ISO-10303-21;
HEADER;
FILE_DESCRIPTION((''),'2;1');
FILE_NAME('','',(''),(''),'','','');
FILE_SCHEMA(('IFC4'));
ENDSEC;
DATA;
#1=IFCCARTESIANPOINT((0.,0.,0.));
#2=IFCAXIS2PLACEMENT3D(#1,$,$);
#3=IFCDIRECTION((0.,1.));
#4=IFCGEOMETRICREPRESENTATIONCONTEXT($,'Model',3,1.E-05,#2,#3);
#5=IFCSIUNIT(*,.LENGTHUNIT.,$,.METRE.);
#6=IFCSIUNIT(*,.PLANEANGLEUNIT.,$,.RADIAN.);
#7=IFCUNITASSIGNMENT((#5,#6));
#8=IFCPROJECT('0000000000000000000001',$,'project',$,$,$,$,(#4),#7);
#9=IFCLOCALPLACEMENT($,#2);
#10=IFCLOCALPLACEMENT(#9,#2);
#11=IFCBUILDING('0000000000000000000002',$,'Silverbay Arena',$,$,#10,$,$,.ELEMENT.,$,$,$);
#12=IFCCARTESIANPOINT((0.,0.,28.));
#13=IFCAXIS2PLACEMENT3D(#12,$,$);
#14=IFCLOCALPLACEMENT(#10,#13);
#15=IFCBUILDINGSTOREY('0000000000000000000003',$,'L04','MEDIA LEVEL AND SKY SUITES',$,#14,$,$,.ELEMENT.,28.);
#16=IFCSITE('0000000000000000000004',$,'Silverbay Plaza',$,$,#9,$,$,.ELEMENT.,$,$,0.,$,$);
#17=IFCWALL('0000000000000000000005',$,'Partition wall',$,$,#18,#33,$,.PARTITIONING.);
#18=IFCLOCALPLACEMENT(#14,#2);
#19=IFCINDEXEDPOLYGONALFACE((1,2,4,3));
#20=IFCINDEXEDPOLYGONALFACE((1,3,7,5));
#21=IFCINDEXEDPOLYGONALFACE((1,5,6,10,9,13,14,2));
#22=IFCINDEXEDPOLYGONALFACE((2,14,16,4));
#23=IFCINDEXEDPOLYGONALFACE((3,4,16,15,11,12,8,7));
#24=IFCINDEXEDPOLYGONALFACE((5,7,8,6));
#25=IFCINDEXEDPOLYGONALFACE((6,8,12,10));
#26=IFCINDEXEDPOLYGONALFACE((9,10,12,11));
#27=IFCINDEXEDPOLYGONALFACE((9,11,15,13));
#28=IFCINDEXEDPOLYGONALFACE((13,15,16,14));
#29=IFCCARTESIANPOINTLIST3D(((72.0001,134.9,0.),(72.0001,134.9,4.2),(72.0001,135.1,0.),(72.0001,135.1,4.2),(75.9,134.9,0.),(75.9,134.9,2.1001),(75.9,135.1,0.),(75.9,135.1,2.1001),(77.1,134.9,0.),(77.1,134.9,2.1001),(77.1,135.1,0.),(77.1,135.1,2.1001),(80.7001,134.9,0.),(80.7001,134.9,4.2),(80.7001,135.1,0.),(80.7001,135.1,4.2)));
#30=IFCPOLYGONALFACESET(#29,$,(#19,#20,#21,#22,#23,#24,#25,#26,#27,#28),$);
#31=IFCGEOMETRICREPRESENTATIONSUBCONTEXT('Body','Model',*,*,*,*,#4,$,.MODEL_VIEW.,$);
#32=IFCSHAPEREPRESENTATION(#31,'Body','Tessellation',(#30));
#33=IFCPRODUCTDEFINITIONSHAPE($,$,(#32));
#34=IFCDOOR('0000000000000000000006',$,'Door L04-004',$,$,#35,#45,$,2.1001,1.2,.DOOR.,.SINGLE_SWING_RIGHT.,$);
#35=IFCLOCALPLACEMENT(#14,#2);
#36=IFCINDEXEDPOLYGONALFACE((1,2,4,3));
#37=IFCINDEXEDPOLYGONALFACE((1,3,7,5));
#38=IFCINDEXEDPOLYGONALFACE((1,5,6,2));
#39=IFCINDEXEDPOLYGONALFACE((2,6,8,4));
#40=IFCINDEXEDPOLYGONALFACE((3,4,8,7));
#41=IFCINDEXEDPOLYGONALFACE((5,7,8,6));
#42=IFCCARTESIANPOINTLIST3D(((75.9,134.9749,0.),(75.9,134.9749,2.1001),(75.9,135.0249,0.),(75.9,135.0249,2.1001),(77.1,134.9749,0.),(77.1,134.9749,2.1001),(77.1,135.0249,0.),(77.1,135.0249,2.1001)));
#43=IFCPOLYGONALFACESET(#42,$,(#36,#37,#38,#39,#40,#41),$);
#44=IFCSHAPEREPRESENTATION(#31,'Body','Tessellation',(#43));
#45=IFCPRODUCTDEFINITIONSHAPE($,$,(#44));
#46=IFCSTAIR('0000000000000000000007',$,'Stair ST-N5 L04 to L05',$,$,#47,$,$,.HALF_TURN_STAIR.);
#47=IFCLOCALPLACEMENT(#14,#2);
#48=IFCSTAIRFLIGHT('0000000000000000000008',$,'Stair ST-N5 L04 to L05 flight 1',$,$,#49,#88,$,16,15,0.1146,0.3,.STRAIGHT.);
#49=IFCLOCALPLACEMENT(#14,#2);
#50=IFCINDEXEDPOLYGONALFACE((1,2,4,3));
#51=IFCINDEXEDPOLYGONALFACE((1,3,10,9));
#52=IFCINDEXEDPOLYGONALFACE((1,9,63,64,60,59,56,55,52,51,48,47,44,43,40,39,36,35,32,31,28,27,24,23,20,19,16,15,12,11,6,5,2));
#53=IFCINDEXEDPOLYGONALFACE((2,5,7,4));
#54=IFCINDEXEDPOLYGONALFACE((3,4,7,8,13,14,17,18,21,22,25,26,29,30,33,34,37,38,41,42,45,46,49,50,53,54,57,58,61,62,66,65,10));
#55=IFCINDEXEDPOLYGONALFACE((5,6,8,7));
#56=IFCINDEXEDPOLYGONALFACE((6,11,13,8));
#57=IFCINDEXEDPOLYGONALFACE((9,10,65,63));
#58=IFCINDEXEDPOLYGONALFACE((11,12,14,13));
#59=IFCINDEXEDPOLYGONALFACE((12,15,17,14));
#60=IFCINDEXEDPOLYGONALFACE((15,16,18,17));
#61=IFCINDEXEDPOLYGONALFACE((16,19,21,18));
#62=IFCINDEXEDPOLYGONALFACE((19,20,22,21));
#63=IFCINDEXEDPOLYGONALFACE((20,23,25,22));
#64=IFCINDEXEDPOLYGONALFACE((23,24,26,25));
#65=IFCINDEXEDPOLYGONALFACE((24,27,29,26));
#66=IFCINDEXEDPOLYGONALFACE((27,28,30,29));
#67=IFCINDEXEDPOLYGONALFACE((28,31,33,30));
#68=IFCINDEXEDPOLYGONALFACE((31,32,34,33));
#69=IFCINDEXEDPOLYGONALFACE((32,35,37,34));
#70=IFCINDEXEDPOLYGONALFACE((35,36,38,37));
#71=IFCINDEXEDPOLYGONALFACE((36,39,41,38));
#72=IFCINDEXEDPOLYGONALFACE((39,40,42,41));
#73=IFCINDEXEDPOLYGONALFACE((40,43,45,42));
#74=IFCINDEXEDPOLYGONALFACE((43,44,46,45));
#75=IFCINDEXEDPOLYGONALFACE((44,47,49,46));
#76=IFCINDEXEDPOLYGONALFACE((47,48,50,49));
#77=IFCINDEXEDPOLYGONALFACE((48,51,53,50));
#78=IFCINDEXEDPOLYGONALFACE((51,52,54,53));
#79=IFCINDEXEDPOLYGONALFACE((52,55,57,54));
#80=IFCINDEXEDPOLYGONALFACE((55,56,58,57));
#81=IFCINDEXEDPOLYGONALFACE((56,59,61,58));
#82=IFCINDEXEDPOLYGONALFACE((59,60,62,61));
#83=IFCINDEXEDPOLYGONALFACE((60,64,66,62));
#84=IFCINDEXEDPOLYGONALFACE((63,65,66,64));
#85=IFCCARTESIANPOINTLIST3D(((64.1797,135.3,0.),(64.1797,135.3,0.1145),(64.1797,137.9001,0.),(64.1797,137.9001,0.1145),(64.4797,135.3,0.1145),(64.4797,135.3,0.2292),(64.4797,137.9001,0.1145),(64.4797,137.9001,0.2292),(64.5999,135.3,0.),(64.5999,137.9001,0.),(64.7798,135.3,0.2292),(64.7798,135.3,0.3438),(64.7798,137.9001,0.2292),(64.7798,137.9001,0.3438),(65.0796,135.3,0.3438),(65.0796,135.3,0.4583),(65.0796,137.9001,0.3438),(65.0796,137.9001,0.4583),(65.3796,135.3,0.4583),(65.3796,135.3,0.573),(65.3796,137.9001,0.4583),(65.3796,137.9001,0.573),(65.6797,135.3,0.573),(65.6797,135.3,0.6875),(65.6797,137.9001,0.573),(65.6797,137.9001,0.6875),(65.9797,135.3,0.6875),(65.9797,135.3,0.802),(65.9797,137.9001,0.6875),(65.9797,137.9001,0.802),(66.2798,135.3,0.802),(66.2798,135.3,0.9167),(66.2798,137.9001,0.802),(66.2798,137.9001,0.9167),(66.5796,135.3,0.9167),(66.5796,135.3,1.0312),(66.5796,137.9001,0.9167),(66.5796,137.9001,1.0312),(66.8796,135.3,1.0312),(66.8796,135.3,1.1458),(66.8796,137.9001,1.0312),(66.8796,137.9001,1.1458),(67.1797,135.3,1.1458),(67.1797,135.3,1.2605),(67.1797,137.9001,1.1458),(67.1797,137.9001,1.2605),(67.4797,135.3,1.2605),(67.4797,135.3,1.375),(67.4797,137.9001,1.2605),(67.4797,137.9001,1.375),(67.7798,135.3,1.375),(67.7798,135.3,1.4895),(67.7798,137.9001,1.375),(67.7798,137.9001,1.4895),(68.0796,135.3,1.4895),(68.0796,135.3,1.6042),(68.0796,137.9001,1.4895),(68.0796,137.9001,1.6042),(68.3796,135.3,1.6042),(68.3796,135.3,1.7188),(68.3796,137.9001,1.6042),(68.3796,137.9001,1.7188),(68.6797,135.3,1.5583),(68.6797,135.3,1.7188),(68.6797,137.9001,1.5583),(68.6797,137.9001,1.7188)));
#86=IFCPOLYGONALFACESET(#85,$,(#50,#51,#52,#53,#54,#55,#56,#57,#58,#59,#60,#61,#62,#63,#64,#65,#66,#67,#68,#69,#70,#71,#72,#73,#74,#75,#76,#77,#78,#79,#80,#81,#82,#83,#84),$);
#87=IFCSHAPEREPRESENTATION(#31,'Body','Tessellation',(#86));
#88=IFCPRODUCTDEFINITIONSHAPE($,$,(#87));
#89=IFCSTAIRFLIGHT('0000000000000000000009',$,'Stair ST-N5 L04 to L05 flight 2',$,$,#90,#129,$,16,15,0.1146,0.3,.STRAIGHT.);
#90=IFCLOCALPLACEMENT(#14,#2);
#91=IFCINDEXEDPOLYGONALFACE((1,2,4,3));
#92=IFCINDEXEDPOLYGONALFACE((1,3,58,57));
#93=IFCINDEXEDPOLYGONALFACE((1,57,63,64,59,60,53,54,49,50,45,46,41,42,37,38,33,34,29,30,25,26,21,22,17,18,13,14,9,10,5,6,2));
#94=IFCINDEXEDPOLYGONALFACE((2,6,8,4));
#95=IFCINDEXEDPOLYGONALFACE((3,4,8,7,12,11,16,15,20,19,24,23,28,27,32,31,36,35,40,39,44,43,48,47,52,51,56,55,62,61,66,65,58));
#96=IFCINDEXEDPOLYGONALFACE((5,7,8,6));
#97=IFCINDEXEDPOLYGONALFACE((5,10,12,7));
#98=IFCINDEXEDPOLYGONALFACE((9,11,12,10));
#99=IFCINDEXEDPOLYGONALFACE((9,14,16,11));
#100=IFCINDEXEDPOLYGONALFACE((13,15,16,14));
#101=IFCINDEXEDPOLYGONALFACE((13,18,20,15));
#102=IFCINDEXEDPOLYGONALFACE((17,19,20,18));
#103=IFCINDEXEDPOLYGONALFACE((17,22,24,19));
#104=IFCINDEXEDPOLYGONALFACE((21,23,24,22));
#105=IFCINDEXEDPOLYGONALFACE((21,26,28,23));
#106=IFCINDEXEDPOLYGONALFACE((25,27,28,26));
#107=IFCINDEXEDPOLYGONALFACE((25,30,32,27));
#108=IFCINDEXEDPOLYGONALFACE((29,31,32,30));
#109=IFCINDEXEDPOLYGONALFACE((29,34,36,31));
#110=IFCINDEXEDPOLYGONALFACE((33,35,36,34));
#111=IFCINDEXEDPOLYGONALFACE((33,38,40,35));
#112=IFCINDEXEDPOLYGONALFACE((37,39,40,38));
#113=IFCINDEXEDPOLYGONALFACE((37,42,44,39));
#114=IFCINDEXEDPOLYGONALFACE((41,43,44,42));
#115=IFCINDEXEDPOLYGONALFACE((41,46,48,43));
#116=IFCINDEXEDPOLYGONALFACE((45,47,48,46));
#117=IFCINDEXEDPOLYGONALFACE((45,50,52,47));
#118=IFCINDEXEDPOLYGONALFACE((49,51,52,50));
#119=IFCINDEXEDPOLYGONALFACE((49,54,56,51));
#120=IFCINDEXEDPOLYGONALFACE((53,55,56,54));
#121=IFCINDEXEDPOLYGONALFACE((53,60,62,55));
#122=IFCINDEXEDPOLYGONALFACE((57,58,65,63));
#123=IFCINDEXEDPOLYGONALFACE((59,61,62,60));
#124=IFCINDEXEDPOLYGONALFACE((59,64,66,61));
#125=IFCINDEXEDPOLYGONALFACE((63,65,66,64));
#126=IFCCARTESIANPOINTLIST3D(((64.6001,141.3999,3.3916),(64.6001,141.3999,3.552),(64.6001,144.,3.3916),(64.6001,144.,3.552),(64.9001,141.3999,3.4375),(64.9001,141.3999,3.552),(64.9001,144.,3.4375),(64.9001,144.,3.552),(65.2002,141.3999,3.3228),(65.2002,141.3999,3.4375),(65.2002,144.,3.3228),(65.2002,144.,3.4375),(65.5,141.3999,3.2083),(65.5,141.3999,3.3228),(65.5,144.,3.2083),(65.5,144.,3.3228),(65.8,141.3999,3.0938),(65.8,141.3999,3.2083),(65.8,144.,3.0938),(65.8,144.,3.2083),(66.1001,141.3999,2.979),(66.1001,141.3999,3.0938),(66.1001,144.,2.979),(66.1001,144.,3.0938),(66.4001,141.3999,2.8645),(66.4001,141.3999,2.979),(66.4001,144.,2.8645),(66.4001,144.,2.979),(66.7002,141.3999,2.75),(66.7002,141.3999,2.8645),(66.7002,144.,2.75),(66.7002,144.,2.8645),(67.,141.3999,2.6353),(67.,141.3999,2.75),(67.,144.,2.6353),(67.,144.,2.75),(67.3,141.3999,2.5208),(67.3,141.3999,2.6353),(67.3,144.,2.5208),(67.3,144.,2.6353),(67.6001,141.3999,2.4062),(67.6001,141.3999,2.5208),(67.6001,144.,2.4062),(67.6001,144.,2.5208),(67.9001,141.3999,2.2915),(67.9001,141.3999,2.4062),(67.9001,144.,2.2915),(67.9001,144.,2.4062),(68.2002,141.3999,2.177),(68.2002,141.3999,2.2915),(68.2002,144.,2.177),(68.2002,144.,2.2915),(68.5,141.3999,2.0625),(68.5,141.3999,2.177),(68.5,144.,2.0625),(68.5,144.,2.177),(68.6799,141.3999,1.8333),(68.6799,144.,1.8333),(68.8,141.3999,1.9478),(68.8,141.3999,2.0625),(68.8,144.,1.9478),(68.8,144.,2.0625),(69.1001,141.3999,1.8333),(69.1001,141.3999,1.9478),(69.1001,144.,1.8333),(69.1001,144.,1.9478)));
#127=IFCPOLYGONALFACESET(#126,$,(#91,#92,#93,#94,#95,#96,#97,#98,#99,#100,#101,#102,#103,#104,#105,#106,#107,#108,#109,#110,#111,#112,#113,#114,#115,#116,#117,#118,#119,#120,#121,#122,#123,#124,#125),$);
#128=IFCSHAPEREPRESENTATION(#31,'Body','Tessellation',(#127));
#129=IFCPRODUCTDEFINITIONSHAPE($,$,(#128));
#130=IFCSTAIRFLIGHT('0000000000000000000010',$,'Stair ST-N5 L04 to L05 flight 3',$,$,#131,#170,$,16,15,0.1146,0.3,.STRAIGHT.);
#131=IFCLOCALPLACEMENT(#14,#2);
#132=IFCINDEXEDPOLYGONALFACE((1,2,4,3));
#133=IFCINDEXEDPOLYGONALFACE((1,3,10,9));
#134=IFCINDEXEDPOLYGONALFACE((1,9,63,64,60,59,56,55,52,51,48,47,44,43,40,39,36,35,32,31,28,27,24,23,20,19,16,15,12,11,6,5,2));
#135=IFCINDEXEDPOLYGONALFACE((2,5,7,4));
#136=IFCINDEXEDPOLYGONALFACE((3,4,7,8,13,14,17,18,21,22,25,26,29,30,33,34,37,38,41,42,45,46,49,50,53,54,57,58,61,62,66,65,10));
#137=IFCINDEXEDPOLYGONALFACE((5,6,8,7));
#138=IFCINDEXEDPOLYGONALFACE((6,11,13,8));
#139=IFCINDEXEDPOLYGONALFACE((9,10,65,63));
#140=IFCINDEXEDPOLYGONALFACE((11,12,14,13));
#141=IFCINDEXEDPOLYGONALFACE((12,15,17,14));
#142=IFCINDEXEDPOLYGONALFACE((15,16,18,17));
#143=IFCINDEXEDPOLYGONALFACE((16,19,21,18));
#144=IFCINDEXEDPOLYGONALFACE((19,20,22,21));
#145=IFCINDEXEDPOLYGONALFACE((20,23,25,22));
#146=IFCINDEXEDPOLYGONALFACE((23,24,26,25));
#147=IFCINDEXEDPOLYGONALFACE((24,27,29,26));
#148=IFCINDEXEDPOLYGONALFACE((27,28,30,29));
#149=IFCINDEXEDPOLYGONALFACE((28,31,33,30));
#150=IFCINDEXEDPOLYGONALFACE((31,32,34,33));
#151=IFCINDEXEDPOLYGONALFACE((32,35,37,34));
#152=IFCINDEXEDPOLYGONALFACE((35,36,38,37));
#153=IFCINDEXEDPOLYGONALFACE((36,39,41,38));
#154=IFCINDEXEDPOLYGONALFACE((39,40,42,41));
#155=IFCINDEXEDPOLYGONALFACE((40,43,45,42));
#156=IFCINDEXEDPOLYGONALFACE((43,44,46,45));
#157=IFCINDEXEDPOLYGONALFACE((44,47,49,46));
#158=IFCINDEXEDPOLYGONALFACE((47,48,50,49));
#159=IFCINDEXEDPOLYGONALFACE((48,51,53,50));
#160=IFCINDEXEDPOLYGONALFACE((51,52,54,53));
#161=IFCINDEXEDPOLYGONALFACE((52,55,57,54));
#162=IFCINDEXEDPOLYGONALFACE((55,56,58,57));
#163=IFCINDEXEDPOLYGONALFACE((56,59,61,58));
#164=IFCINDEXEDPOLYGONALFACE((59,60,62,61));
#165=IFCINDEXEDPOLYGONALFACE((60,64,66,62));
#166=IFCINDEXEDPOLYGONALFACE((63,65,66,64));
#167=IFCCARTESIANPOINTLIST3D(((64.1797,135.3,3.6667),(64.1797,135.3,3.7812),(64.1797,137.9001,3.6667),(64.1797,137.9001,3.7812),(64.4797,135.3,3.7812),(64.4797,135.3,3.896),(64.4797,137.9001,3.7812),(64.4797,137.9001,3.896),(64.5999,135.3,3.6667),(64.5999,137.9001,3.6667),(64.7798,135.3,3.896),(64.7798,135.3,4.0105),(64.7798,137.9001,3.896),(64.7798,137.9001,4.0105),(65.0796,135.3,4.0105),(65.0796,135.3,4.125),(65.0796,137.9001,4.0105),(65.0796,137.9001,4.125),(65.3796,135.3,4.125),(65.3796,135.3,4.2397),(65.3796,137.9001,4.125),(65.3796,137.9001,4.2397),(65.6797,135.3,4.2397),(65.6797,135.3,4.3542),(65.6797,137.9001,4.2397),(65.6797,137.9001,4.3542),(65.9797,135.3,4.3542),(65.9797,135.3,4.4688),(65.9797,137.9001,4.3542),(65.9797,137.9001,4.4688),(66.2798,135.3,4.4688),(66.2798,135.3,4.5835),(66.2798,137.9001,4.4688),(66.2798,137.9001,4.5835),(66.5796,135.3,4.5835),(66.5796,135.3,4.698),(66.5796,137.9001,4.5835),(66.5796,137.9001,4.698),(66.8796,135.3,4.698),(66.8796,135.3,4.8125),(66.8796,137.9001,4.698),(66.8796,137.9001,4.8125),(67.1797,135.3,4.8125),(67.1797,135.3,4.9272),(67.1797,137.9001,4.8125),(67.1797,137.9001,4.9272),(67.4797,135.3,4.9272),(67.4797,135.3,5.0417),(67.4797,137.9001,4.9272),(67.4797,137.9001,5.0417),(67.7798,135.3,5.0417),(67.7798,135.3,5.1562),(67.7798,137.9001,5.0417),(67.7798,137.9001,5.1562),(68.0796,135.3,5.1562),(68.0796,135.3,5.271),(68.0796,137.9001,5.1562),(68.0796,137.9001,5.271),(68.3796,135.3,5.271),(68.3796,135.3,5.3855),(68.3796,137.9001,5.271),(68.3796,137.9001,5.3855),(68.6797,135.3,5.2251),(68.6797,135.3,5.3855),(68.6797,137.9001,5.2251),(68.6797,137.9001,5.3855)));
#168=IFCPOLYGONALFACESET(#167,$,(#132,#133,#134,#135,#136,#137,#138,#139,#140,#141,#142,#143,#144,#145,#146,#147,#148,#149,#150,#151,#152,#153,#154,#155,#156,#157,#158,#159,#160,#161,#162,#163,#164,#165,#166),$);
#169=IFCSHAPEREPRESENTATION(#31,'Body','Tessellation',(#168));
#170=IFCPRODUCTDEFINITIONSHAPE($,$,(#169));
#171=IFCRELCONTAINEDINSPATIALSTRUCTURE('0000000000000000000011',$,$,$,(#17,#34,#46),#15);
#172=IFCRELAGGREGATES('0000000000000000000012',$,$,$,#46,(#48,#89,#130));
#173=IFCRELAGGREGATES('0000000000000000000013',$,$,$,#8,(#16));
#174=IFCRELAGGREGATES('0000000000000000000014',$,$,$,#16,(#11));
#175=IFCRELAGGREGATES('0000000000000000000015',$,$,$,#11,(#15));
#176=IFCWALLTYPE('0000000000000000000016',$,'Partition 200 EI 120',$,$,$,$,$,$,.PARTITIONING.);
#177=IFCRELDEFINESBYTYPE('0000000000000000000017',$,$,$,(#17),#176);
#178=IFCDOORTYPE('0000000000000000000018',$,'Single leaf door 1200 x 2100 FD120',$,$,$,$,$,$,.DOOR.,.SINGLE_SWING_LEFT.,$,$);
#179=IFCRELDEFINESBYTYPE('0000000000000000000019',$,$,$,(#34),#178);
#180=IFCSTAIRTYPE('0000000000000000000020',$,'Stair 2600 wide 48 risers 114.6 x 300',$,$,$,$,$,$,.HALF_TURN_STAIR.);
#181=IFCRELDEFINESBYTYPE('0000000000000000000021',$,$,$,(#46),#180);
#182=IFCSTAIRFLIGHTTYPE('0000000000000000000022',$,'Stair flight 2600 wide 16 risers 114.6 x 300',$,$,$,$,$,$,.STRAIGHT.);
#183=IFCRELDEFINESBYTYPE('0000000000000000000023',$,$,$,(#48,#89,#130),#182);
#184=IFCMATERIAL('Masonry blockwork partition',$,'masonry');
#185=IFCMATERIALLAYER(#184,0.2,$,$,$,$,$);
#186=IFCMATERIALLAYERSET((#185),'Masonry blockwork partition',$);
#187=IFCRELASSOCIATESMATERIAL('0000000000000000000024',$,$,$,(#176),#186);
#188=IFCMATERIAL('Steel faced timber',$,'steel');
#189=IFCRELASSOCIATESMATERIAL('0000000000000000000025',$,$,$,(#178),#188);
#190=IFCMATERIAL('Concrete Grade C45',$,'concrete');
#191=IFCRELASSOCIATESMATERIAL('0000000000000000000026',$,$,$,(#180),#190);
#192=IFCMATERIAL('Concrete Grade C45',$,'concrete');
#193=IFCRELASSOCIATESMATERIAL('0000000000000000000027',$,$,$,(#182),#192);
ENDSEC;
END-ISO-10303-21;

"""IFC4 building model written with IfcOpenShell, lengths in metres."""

from ifc_helpers import new_model, si_unit, direction, frame, frame_2d, origin, place, context, subcontext, project, spatial, polyline, rectangle, outline, extrude, material, layer, layer_set, type_object, element, fill, aggregate, save


model = new_model("IFC4")

# Units and contexts
model_context = context("Model", 3, precision=1e-05, world=origin(), true_north=direction((0.0, 1.0)))
body_context = subcontext(model_context, "Body", "Model", "MODEL_VIEW")
ifc_project = project(units=[si_unit("LENGTHUNIT", "METRE"), si_unit("PLANEANGLEUNIT", "RADIAN")], contexts=[model_context])

# Site, building, storey
site_placement = place(None, origin())
site = spatial("IfcSite", under=ifc_project, at=site_placement, Name="Silverbay Plaza", CompositionType="ELEMENT", RefElevation=0.0)
building_placement = place(site_placement, origin())
building = spatial("IfcBuilding", under=site, at=building_placement, Name="Silverbay Arena", CompositionType="ELEMENT")
storey_placement = place(building_placement, frame((0.0, 0.0, 28.0)))
storey = spatial("IfcBuildingStorey", under=building, at=storey_placement, Name="L04", Description="MEDIA LEVEL AND SKY SUITES", CompositionType="ELEMENT", Elevation=28.0)

# Wall, opening, door
ifc_material_1 = material(Name="Masonry blockwork partition", Category="masonry")
ifc_layer_1 = layer(ifc_material_1, 0.2)
ifc_layer_set_1 = layer_set([ifc_layer_1], Name="Masonry blockwork partition")
wall_type_1 = type_object("IfcWallType", Name="Partition 200 EI 120", PredefinedType="PARTITIONING", material=ifc_layer_set_1)
wall_1_placement = place(storey_placement, frame((72.0, 135.0, 0.0), z_axis=(0.0, 0.0, 1.0), x_axis=(1.0, 0.0, 0.0)))
wall_1 = element("IfcWall", 1, at=wall_1_placement, inside=storey, type_object=wall_type_1, Name="Partition wall", PredefinedType="PARTITIONING", context=body_context, shape_type="SweptSolid", body=[
    extrude(rectangle(XDim=8.7, YDim=0.2, at=frame_2d((4.3501, 0.0))), origin(), (0.0, 0.0, 1.0), 4.2),
])
opening_1_placement = place(wall_1_placement, frame((3.8999, 0.0, 0.0)))
opening_1 = element("IfcOpeningElement", 2, at=opening_1_placement, cuts=wall_1, PredefinedType="OPENING", context=body_context, shape_type="SweptSolid", body=[
    extrude(rectangle(XDim=1.2, YDim=2.1001, at=frame_2d((0.6001, 1.05))), frame((0.0, 0.1099, 0.0), z_axis=(0.0, -1.0, 0.0), x_axis=(1.0, 0.0, 0.0)), (0.0, 0.0, 1.0), 0.22),
])
ifc_material_2 = material(Name="Steel faced timber", Category="steel")
door_type_1 = type_object("IfcDoorType", Name="Single leaf door 1200 x 2100 FD120", OperationType="SINGLE_SWING_LEFT", PredefinedType="DOOR", material=ifc_material_2)
door_1_placement = place(opening_1_placement, origin())
door_1 = element("IfcDoor", 3, at=door_1_placement, inside=storey, type_object=door_type_1, Name="Door L04-004", OperationType="SINGLE_SWING_RIGHT", OverallHeight=2.1001, OverallWidth=1.2, PredefinedType="DOOR", context=body_context, shape_type="SweptSolid", body=[
    extrude(rectangle(XDim=1.2, YDim=2.1001, at=frame_2d((0.6001, 1.05))), frame((0.0, 0.0249, 0.0), z_axis=(0.0, -1.0, 0.0), x_axis=(1.0, 0.0, 0.0)), (0.0, 0.0, 1.0), 0.05),
])
fill(opening_1, door_1)

# Stair, stair flights
ifc_material_3 = material(Name="Concrete Grade C45", Category="concrete")
stair_type = type_object("IfcStairType", Name="Stair 2600 wide 48 risers 114.6 x 300", PredefinedType="HALF_TURN_STAIR", material=ifc_material_3)
stair_placement = place(storey_placement, origin())
stair = element("IfcStair", 4, at=stair_placement, inside=storey, type_object=stair_type, Name="Stair ST-N5 L04 to L05", PredefinedType="HALF_TURN_STAIR")
ifc_material_4 = material(Name="Concrete Grade C45", Category="concrete")
stair_flight_type = type_object("IfcStairFlightType", Name="Stair flight 2600 wide 16 risers 114.6 x 300", PredefinedType="STRAIGHT", material=ifc_material_4)
stair_flight_1_placement = place(storey_placement, frame((64.1797, 136.6001, 0.0), z_axis=(0.0, 0.0, 1.0), x_axis=(1.0, 0.0, 0.0)))
stair_flight_1 = element("IfcStairFlight", 5, at=stair_flight_1_placement, type_object=stair_flight_type, Name="Stair ST-N5 L04 to L05 flight 1", NumberOfRisers=16, NumberOfTreads=15, PredefinedType="STRAIGHT", RiserHeight=0.1146, TreadLength=0.3, context=body_context, shape_type="SweptSolid", body=[
    extrude(outline(polyline([(0.0, 0.0), (0.0, 0.1145), (0.3, 0.1145), (0.3, 0.2292), (0.6001, 0.2292), (0.6001, 0.3438), (0.8999, 0.3438), (0.8999, 0.4583), (1.2, 0.4583), (1.2, 0.573), (1.5, 0.573), (1.5, 0.6875), (1.8, 0.6875), (1.8, 0.802), (2.1001, 0.802), (2.1001, 0.9167), (2.3999, 0.9167), (2.3999, 1.0312), (2.7, 1.0312), (2.7, 1.1458), (3.0, 1.1458), (3.0, 1.2605), (3.3, 1.2605), (3.3, 1.375), (3.6001, 1.375), (3.6001, 1.4895), (3.8999, 1.4895), (3.8999, 1.6042), (4.2, 1.6042), (4.2, 1.7188), (4.5, 1.7188), (4.5, 1.5583), (0.4202, 0.0), (0.0, 0.0)])), frame((0.0, 1.3, 0.0), z_axis=(0.0, -1.0, 0.0), x_axis=(1.0, 0.0, 0.0)), (0.0, 0.0, 1.0), 2.6001),
])
stair_flight_2_placement = place(storey_placement, frame((69.1001, 142.7, 1.8333), z_axis=(0.0, 0.0, 1.0), x_axis=(-1.0, 0.0, 0.0)))
stair_flight_2 = element("IfcStairFlight", 6, at=stair_flight_2_placement, type_object=stair_flight_type, Name="Stair ST-N5 L04 to L05 flight 2", NumberOfRisers=16, NumberOfTreads=15, PredefinedType="STRAIGHT", RiserHeight=0.1146, TreadLength=0.3, context=body_context, shape_type="SweptSolid", body=[
    extrude(outline(polyline([(0.0, 0.0), (0.0, 0.1145), (0.3, 0.1145), (0.3, 0.2292), (0.6001, 0.2292), (0.6001, 0.3438), (0.8999, 0.3438), (0.8999, 0.4583), (1.2, 0.4583), (1.2, 0.573), (1.5, 0.573), (1.5, 0.6875), (1.8, 0.6875), (1.8, 0.802), (2.1001, 0.802), (2.1001, 0.9167), (2.3999, 0.9167), (2.3999, 1.0312), (2.7, 1.0312), (2.7, 1.1458), (3.0, 1.1458), (3.0, 1.2605), (3.3, 1.2605), (3.3, 1.375), (3.6001, 1.375), (3.6001, 1.4895), (3.8999, 1.4895), (3.8999, 1.6042), (4.2, 1.6042), (4.2, 1.7188), (4.5, 1.7188), (4.5, 1.5583), (0.4202, 0.0), (0.0, 0.0)])), frame((0.0, 1.3, 0.0), z_axis=(0.0, -1.0, 0.0), x_axis=(1.0, 0.0, 0.0)), (0.0, 0.0, 1.0), 2.6001),
])
stair_flight_3_placement = place(storey_placement, frame((64.1797, 136.6001, 3.6667), z_axis=(0.0, 0.0, 1.0), x_axis=(1.0, 0.0, 0.0)))
stair_flight_3 = element("IfcStairFlight", 7, at=stair_flight_3_placement, type_object=stair_flight_type, Name="Stair ST-N5 L04 to L05 flight 3", NumberOfRisers=16, NumberOfTreads=15, PredefinedType="STRAIGHT", RiserHeight=0.1146, TreadLength=0.3, context=body_context, shape_type="SweptSolid", body=[
    extrude(outline(polyline([(0.0, 0.0), (0.0, 0.1145), (0.3, 0.1145), (0.3, 0.2292), (0.6001, 0.2292), (0.6001, 0.3438), (0.8999, 0.3438), (0.8999, 0.4583), (1.2, 0.4583), (1.2, 0.573), (1.5, 0.573), (1.5, 0.6875), (1.8, 0.6875), (1.8, 0.802), (2.1001, 0.802), (2.1001, 0.9167), (2.3999, 0.9167), (2.3999, 1.0312), (2.7, 1.0312), (2.7, 1.1458), (3.0, 1.1458), (3.0, 1.2605), (3.3, 1.2605), (3.3, 1.375), (3.6001, 1.375), (3.6001, 1.4895), (3.8999, 1.4895), (3.8999, 1.6042), (4.2, 1.6042), (4.2, 1.7188), (4.5, 1.7188), (4.5, 1.5583), (0.4202, 0.0), (0.0, 0.0)])), frame((0.0, 1.3, 0.0), z_axis=(0.0, -1.0, 0.0), x_axis=(1.0, 0.0, 0.0)), (0.0, 0.0, 1.0), 2.6001),
])
aggregate(stair, [stair_flight_1, stair_flight_2, stair_flight_3])

save(model, "model.ifc")
